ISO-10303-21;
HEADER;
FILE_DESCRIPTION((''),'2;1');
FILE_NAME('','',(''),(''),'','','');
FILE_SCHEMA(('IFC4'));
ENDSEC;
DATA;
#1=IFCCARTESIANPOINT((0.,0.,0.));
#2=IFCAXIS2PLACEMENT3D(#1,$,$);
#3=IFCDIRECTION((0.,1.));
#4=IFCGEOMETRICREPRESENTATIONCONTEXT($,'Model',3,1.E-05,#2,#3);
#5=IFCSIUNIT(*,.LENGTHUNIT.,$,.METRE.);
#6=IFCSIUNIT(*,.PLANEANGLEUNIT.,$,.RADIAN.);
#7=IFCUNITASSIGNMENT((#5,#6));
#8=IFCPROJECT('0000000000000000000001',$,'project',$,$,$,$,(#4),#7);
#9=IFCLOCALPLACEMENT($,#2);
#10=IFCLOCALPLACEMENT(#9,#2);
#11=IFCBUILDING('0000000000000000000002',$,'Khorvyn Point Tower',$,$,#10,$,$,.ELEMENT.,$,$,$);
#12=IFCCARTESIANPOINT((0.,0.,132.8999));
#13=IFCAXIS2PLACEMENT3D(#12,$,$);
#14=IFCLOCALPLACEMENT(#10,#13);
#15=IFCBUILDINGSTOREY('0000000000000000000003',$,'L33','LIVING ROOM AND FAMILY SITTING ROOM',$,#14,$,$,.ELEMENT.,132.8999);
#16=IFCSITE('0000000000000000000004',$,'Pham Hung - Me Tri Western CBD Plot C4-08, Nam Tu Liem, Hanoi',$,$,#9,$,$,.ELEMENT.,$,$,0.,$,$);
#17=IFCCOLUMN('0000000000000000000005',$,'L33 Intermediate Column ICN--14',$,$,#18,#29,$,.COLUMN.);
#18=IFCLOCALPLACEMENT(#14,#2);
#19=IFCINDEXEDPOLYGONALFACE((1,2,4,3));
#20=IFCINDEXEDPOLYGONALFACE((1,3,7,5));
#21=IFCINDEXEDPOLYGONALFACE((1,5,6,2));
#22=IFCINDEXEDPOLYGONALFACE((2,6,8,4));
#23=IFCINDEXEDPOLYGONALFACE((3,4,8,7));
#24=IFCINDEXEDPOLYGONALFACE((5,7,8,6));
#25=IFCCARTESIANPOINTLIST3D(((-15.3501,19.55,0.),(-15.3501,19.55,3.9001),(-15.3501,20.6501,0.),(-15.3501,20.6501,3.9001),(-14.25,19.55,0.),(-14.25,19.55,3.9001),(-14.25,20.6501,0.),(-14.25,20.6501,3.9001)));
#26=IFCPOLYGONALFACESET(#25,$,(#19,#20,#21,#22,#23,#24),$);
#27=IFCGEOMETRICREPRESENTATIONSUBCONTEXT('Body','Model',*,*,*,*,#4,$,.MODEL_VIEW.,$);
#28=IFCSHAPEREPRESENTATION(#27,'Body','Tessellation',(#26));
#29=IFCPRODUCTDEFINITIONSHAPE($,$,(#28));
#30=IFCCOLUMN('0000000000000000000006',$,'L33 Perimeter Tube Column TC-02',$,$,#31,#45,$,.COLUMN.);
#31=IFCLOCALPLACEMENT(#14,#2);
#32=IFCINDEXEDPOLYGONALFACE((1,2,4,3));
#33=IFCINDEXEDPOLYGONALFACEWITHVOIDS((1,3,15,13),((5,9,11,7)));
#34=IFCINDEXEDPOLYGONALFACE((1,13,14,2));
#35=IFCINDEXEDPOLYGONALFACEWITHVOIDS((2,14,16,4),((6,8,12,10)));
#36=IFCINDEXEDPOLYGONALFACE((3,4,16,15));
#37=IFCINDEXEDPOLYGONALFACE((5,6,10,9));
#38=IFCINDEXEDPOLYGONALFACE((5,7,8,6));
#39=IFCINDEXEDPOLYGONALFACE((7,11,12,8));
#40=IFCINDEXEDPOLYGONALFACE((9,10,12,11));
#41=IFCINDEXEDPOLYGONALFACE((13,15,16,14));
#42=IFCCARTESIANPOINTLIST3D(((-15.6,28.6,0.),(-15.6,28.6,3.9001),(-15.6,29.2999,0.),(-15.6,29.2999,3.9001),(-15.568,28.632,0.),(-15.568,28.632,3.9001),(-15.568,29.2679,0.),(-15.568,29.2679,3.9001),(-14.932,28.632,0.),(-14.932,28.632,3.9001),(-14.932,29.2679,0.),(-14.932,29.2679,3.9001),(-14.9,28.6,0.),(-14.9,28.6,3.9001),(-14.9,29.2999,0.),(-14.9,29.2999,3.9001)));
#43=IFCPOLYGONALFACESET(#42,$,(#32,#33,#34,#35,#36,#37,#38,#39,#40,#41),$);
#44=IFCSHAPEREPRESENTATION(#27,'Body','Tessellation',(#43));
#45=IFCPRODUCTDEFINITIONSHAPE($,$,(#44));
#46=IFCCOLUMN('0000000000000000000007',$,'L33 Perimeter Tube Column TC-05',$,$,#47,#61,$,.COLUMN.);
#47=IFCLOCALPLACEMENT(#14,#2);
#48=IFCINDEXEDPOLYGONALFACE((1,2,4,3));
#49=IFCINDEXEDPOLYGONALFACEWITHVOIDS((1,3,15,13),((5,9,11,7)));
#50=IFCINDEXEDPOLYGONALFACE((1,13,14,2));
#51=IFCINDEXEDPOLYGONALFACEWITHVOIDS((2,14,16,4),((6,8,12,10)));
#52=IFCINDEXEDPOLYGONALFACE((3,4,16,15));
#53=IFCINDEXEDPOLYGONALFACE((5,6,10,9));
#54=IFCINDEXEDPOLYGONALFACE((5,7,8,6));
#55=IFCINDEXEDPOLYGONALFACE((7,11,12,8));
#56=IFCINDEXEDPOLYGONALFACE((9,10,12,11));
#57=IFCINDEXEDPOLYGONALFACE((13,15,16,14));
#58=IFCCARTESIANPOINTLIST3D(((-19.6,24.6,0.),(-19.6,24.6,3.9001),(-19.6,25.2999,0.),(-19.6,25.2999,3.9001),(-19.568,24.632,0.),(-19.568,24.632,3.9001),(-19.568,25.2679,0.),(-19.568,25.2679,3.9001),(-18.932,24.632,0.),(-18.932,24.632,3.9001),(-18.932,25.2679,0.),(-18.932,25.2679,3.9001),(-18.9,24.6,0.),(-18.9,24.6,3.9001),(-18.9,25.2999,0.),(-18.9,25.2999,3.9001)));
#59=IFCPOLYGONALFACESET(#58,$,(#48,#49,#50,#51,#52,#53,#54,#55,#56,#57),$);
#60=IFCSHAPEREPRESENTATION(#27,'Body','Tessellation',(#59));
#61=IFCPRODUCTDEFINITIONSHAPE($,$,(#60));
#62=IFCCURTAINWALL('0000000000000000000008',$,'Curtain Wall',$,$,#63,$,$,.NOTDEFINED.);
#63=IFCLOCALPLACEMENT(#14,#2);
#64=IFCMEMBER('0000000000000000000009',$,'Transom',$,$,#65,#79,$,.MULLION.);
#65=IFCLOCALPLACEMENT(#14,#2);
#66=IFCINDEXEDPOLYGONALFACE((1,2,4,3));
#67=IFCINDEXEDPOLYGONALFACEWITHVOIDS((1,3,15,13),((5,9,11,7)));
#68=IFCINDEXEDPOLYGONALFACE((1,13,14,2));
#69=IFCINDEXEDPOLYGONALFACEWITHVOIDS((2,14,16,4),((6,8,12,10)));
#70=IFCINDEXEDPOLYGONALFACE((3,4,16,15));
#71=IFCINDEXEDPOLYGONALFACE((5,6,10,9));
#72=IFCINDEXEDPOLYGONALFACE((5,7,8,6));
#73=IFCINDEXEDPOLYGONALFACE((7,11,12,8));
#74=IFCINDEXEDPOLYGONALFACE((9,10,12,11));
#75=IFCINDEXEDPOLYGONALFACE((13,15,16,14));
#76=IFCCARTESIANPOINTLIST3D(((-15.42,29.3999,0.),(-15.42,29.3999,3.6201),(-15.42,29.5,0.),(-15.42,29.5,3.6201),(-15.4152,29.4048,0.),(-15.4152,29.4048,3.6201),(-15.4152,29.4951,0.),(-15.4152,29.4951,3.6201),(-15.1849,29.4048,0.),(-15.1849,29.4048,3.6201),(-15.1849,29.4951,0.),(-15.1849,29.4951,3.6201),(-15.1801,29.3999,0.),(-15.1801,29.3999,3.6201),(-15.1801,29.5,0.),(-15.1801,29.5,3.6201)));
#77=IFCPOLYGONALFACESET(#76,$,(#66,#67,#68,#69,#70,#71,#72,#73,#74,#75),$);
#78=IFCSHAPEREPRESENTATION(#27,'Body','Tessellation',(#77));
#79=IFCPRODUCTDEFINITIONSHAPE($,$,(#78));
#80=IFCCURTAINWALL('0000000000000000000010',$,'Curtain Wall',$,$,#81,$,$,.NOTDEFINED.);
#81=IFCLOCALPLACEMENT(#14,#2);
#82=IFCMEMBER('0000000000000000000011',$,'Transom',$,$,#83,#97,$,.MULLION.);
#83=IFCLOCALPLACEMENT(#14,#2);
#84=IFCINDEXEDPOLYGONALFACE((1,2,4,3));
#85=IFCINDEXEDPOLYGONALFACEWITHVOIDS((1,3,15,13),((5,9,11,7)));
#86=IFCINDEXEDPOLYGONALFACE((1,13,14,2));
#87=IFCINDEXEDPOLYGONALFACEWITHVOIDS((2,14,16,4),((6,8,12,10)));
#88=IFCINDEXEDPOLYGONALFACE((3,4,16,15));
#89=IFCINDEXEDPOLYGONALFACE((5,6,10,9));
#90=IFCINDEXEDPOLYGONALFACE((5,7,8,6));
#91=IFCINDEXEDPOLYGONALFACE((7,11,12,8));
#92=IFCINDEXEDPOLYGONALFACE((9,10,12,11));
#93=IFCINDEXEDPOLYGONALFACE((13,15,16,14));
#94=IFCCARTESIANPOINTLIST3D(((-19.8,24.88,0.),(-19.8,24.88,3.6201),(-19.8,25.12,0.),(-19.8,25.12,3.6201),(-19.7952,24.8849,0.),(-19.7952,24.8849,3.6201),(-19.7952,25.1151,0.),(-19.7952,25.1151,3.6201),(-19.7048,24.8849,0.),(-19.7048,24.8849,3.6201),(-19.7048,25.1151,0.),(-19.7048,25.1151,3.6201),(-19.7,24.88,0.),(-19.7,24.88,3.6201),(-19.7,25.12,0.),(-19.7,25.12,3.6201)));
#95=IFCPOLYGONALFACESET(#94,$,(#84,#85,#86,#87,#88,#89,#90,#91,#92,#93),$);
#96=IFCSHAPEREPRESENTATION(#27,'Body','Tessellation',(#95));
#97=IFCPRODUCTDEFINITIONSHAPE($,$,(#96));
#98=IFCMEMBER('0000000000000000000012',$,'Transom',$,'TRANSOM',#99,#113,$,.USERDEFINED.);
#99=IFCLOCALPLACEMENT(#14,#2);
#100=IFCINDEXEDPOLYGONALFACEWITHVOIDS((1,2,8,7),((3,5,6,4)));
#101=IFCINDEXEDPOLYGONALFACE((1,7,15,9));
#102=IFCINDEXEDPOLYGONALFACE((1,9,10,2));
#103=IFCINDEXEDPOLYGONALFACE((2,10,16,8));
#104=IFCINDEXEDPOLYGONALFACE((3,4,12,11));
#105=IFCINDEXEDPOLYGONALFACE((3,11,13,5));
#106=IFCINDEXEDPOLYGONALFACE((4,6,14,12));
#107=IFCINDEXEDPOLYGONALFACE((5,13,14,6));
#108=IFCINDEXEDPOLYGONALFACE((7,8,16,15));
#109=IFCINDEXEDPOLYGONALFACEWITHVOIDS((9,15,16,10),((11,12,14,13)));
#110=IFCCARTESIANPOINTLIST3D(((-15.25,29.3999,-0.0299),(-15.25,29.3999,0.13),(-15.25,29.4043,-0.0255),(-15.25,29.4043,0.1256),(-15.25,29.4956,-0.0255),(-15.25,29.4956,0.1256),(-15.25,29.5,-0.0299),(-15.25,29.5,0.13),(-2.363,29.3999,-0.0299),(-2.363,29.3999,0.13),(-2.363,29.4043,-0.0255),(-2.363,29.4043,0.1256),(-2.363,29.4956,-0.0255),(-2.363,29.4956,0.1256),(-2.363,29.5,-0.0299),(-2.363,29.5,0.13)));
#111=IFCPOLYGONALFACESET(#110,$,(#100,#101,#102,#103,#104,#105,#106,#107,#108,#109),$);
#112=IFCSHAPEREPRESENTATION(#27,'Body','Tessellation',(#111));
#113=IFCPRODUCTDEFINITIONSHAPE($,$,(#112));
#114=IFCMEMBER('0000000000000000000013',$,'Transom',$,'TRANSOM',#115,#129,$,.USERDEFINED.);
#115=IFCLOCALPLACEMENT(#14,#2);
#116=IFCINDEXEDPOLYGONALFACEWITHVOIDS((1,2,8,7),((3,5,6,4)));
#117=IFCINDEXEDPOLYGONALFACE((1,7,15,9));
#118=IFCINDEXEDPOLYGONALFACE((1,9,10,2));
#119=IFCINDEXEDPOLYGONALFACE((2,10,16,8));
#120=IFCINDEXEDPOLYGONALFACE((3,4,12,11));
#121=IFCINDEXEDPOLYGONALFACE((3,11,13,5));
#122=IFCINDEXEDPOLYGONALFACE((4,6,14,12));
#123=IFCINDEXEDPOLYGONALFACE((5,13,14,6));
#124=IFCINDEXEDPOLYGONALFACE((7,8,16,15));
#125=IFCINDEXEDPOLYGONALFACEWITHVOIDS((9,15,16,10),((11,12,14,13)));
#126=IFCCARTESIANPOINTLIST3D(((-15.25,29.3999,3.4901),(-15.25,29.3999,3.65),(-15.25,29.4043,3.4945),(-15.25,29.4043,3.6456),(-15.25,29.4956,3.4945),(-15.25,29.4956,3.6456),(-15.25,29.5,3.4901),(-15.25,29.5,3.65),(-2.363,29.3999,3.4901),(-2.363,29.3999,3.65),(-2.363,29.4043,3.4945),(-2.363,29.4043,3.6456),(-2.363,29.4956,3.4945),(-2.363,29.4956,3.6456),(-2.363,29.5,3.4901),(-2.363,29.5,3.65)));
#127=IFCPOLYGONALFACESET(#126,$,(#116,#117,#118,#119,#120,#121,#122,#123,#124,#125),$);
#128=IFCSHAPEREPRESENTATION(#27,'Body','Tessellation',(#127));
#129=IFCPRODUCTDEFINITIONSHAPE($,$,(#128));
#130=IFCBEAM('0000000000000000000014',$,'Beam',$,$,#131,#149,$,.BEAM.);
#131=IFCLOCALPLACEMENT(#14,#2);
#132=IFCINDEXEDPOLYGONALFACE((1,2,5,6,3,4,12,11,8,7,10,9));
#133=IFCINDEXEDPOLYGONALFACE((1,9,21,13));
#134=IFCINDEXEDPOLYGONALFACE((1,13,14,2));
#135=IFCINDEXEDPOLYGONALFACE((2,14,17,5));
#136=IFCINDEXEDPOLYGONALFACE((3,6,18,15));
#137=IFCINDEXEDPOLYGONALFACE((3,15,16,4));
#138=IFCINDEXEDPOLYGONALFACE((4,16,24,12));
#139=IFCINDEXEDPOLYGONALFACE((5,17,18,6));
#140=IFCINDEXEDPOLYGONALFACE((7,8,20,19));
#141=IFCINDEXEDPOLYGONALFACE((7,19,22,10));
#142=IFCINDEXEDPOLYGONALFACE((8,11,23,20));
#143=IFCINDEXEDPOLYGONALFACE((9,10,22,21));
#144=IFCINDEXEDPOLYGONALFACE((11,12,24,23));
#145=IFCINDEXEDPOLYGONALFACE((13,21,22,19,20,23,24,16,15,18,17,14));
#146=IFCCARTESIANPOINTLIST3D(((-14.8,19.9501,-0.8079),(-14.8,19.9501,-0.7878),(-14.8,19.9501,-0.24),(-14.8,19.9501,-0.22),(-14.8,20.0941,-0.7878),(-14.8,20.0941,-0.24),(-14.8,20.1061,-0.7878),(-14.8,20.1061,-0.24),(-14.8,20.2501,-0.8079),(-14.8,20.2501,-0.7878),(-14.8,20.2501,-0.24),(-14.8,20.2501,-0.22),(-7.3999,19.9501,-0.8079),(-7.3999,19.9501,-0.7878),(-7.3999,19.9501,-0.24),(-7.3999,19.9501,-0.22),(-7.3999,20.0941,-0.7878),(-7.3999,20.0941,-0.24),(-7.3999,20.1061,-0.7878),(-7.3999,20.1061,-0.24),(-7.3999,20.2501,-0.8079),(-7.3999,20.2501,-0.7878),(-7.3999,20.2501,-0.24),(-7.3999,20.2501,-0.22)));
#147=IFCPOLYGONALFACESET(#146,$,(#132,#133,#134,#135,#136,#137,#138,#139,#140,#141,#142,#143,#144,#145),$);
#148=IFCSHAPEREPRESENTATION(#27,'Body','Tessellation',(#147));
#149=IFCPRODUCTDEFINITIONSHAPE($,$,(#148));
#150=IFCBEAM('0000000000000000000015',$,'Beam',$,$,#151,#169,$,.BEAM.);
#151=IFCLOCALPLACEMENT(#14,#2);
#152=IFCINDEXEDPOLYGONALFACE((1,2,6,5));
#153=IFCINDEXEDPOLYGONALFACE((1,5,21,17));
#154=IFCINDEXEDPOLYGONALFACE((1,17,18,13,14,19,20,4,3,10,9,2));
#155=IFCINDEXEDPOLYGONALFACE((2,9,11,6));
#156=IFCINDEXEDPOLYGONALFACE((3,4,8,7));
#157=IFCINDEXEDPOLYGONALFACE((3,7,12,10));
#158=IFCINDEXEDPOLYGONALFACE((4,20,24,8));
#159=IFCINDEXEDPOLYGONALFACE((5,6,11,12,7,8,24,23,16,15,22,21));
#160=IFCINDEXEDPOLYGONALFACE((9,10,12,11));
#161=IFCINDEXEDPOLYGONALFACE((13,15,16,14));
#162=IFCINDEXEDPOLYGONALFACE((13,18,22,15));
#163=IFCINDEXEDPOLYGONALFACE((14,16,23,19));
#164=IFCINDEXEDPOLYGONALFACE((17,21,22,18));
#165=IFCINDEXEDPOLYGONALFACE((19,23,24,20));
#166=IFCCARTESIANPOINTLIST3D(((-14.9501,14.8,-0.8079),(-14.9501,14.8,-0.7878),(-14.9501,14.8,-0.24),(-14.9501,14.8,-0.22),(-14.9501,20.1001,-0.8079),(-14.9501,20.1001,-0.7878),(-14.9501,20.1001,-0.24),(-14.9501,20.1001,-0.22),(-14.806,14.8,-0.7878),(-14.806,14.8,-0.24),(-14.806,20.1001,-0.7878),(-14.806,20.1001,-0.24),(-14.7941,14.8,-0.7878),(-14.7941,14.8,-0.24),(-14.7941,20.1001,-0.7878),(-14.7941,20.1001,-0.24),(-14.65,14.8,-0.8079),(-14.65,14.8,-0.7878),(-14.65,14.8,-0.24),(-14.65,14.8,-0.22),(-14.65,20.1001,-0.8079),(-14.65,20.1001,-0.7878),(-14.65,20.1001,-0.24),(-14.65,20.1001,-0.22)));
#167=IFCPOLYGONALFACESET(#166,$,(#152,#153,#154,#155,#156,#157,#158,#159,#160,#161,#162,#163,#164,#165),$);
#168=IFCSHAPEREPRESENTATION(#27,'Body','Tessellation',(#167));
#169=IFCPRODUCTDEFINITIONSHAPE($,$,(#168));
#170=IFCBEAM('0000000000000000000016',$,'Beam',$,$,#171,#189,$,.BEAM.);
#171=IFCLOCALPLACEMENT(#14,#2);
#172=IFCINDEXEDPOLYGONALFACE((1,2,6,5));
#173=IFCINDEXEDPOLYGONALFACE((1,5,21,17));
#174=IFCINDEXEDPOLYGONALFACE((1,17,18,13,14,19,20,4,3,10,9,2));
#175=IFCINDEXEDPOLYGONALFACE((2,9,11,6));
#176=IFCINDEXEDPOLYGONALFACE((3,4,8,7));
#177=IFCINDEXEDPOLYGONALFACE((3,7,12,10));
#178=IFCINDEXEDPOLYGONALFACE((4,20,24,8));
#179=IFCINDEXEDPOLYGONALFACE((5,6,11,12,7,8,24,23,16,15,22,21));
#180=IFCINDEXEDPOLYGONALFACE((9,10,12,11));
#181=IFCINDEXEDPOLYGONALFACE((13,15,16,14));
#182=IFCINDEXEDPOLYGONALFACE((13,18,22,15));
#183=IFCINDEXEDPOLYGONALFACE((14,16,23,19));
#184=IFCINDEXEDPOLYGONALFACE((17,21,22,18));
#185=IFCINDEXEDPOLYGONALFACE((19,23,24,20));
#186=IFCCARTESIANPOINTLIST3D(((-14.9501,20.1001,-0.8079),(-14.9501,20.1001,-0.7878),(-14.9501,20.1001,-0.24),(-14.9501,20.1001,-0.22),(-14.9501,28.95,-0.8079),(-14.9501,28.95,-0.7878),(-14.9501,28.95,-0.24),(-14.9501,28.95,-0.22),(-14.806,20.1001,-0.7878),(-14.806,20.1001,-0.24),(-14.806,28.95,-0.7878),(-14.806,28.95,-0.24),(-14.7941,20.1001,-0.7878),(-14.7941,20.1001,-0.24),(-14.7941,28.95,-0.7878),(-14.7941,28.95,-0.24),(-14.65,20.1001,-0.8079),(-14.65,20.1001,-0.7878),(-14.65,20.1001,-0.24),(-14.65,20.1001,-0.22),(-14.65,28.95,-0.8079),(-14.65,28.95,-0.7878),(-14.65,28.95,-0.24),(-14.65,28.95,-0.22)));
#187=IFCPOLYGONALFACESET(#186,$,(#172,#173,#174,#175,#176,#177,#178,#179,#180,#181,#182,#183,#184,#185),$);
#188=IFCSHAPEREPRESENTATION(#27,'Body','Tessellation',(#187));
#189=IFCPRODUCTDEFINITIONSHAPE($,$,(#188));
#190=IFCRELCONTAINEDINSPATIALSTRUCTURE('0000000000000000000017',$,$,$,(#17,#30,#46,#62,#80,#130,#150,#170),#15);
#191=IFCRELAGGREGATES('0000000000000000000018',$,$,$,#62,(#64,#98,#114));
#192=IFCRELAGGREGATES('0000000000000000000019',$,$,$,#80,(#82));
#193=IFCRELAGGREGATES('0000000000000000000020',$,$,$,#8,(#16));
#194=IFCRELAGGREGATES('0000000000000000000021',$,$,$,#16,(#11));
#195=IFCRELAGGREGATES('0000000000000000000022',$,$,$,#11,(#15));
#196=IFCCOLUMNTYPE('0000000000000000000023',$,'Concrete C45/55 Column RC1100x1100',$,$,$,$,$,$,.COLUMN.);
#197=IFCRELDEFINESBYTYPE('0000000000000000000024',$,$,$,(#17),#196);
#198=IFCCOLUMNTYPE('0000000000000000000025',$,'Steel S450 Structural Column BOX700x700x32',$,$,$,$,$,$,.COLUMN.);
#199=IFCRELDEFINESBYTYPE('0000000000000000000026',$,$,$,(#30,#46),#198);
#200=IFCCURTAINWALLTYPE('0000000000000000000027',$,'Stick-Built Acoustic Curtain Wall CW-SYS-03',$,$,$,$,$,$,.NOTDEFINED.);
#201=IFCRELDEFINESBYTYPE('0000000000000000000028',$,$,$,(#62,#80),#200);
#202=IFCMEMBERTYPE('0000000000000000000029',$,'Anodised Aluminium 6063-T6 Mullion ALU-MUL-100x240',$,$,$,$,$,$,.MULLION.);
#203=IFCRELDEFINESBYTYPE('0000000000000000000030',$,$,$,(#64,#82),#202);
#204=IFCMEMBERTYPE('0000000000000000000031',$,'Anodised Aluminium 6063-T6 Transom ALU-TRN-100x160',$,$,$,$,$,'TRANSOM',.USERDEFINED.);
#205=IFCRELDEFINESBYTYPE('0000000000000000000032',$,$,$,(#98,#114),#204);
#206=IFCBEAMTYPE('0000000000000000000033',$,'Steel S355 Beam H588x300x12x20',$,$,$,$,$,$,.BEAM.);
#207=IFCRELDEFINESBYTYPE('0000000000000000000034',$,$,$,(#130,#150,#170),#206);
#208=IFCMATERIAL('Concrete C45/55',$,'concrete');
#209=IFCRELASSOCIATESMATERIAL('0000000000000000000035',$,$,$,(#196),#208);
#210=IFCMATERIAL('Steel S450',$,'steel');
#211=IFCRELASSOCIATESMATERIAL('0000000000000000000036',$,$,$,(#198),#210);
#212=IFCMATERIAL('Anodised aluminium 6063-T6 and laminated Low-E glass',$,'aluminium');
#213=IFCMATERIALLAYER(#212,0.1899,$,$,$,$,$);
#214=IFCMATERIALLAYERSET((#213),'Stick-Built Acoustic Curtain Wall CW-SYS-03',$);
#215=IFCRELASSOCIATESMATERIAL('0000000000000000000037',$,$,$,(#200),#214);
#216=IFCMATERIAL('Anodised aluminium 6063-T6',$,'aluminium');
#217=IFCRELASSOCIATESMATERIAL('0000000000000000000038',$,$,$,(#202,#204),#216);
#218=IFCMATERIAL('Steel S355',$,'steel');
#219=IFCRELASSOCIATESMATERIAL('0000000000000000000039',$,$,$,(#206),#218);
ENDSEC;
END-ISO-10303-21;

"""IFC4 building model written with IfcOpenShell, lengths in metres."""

from ifc_helpers import new_model, si_unit, direction, frame, origin, origin_2d, place, context, subcontext, project, spatial, rectangle, hollow_rectangle, i_section, extrude, material, layer, layer_set, material_profile, profile_set, type_object, element, aggregate, save


model = new_model("IFC4")

# Units and contexts
model_context = context("Model", 3, precision=1e-05, world=origin(), true_north=direction((0.0, 1.0)))
body_context = subcontext(model_context, "Body", "Model", "MODEL_VIEW")
ifc_project = project(units=[si_unit("LENGTHUNIT", "METRE"), si_unit("PLANEANGLEUNIT", "RADIAN")], contexts=[model_context])

# Site, building, storey
site_placement = place(None, origin())
site = spatial("IfcSite", under=ifc_project, at=site_placement, Name="Pham Hung - Me Tri Western CBD Plot C4-08, Nam Tu Liem, Hanoi", CompositionType="ELEMENT", RefElevation=0.0)
building_placement = place(site_placement, origin())
building = spatial("IfcBuilding", under=site, at=building_placement, Name="Khorvyn Point Tower", CompositionType="ELEMENT")
storey_placement = place(building_placement, frame((0.0, 0.0, 132.8999)))
storey = spatial("IfcBuildingStorey", under=building, at=storey_placement, Name="L33", Description="LIVING ROOM AND FAMILY SITTING ROOM", CompositionType="ELEMENT", Elevation=132.8999)

# Columns
ifc_material_1 = material(Name="Concrete C45/55", Category="concrete")
ifc_material_profile_1 = material_profile(ifc_material_1, rectangle(XDim=1.1001, YDim=1.1001, at=origin_2d()))
ifc_profile_set_1 = profile_set([ifc_material_profile_1], Name="Concrete C45/55 RC1100x1100")
column_type_1 = type_object("IfcColumnType", Name="Concrete C45/55 Column RC1100x1100", PredefinedType="COLUMN", material=ifc_profile_set_1)
column_placement = place(storey_placement, frame((-14.8, 20.1001, 0.0), z_axis=(0.0, 0.0, 1.0), x_axis=(1.0, 0.0, 0.0)))
element("IfcColumn", 1, at=column_placement, inside=storey, type_object=column_type_1, Name="L33 Intermediate Column ICN--14", PredefinedType="COLUMN", context=body_context, shape_type="SweptSolid", body=[
    extrude(rectangle(XDim=1.1001, YDim=1.1001, at=origin_2d()), origin(), (0.0, 0.0, 1.0), 3.9001),
])
ifc_material_2 = material(Name="Steel S450", Category="steel")
ifc_material_profile_2 = material_profile(ifc_material_2, hollow_rectangle(XDim=0.7, YDim=0.7, WallThickness=0.032, at=origin_2d()))
ifc_profile_set_2 = profile_set([ifc_material_profile_2], Name="Steel S450 BOX700x700x32")
column_type_2 = type_object("IfcColumnType", Name="Steel S450 Structural Column BOX700x700x32", PredefinedType="COLUMN", material=ifc_profile_set_2)
for number, where, z_axis, x_axis, name in (
    (2, (-15.25, 28.95, 0.0), (0.0, 0.0, 1.0), (1.0, 0.0, 0.0), "L33 Perimeter Tube Column TC-02"),
    (3, (-19.25, 24.95, 0.0), (0.0, 0.0, 1.0), (1.0, 0.0, 0.0), "L33 Perimeter Tube Column TC-05"),
):
    element("IfcColumn", number, at=place(storey_placement, frame(where, z_axis=z_axis, x_axis=x_axis)), inside=storey, type_object=column_type_2, Name=name, PredefinedType="COLUMN", context=body_context, shape_type="SweptSolid", body=[
        extrude(hollow_rectangle(XDim=0.7, YDim=0.7, WallThickness=0.032, at=origin_2d()), origin(), (0.0, 0.0, 1.0), 3.9001),
    ])

# Curtain walls, members
ifc_material_3 = material(Name="Anodised aluminium 6063-T6 and laminated Low-E glass", Category="aluminium")
ifc_layer_1 = layer(ifc_material_3, 0.1899)
ifc_layer_set_1 = layer_set([ifc_layer_1], Name="Stick-Built Acoustic Curtain Wall CW-SYS-03")
curtain_wall_type = type_object("IfcCurtainWallType", Name="Stick-Built Acoustic Curtain Wall CW-SYS-03", PredefinedType="NOTDEFINED", material=ifc_layer_set_1)
curtain_wall_1_placement = place(storey_placement, origin())
curtain_wall_1 = element("IfcCurtainWall", 4, at=curtain_wall_1_placement, inside=storey, type_object=curtain_wall_type, Name="Curtain Wall", PredefinedType="NOTDEFINED")
ifc_material_4 = material(Name="Anodised aluminium 6063-T6", Category="aluminium")
ifc_material_profile_3 = material_profile(ifc_material_4, hollow_rectangle(XDim=0.1001, YDim=0.24, WallThickness=0.0049, at=origin_2d()))
ifc_profile_set_3 = profile_set([ifc_material_profile_3], Name="Anodised aluminium 6063-T6 ALU-MUL-100x240")
member_type_1 = type_object("IfcMemberType", Name="Anodised Aluminium 6063-T6 Mullion ALU-MUL-100x240", PredefinedType="MULLION", material=ifc_profile_set_3)
member_1_placement = place(storey_placement, frame((-15.3, 29.45, 0.0), z_axis=(0.0, 0.0, 1.0), x_axis=(0.0, 1.0, 0.0)))
member_1 = element("IfcMember", 5, at=member_1_placement, type_object=member_type_1, Name="Transom", PredefinedType="MULLION", context=body_context, shape_type="SweptSolid", body=[
    extrude(hollow_rectangle(XDim=0.1001, YDim=0.24, WallThickness=0.0049, at=origin_2d()), origin(), (0.0, 0.0, 1.0), 3.6201),
])
curtain_wall_2_placement = place(storey_placement, origin())
curtain_wall_2 = element("IfcCurtainWall", 6, at=curtain_wall_2_placement, inside=storey, type_object=curtain_wall_type, Name="Curtain Wall", PredefinedType="NOTDEFINED")
member_2_placement = place(storey_placement, frame((-19.75, 25.0, 0.0), z_axis=(0.0, 0.0, 1.0), x_axis=(-1.0, 0.0, 0.0)))
member_2 = element("IfcMember", 7, at=member_2_placement, type_object=member_type_1, Name="Transom", PredefinedType="MULLION", context=body_context, shape_type="SweptSolid", body=[
    extrude(hollow_rectangle(XDim=0.1001, YDim=0.24, WallThickness=0.0049, at=origin_2d()), origin(), (0.0, 0.0, 1.0), 3.6201),
])

# Members
ifc_material_profile_4 = material_profile(ifc_material_4, hollow_rectangle(XDim=0.1001, YDim=0.1599, WallThickness=0.0044, at=origin_2d()))
ifc_profile_set_4 = profile_set([ifc_material_profile_4], Name="Anodised aluminium 6063-T6 ALU-TRN-100x160")
member_type_2 = type_object("IfcMemberType", Name="Anodised Aluminium 6063-T6 Transom ALU-TRN-100x160", ElementType="TRANSOM", PredefinedType="USERDEFINED", material=ifc_profile_set_4)
member_3_placement = place(storey_placement, frame((-15.25, 29.45, 0.05), z_axis=(1.0, 0.0, 0.0), x_axis=(0.0, 1.0, 0.0)))
member_3 = element("IfcMember", 8, at=member_3_placement, type_object=member_type_2, Name="Transom", ObjectType="TRANSOM", PredefinedType="USERDEFINED", context=body_context, shape_type="SweptSolid", body=[
    extrude(hollow_rectangle(XDim=0.1001, YDim=0.1599, WallThickness=0.0044, at=origin_2d()), origin(), (0.0, 0.0, 1.0), 12.887),
])
member_4_placement = place(storey_placement, frame((-15.25, 29.45, 3.5701), z_axis=(1.0, 0.0, 0.0), x_axis=(0.0, 1.0, 0.0)))
member_4 = element("IfcMember", 9, at=member_4_placement, type_object=member_type_2, Name="Transom", ObjectType="TRANSOM", PredefinedType="USERDEFINED", context=body_context, shape_type="SweptSolid", body=[
    extrude(hollow_rectangle(XDim=0.1001, YDim=0.1599, WallThickness=0.0044, at=origin_2d()), origin(), (0.0, 0.0, 1.0), 12.887),
])

# Beams
ifc_material_5 = material(Name="Steel S355", Category="steel")
ifc_material_profile_5 = material_profile(ifc_material_5, i_section(OverallWidth=0.3, OverallDepth=0.5879, WebThickness=0.012, FlangeThickness=0.02, at=origin_2d()))
ifc_profile_set_5 = profile_set([ifc_material_profile_5], Name="Steel S355 H588x300x12x20")
beam_type_1 = type_object("IfcBeamType", Name="Steel S355 Beam H588x300x12x20", PredefinedType="BEAM", material=ifc_profile_set_5)
beam_1_placement = place(storey_placement, frame((-14.8, 20.1001, -0.5139), z_axis=(1.0, 0.0, 0.0), x_axis=(0.0, 1.0, 0.0)))
element("IfcBeam", 10, at=beam_1_placement, inside=storey, type_object=beam_type_1, Name="Beam", PredefinedType="BEAM", context=body_context, shape_type="SweptSolid", body=[
    extrude(i_section(OverallWidth=0.3, OverallDepth=0.5879, WebThickness=0.012, FlangeThickness=0.02, at=origin_2d()), origin(), (0.0, 0.0, 1.0), 7.4001),
])
beam_2_placement = place(storey_placement, frame((-14.8, 14.8, -0.5139), z_axis=(0.0, 1.0, 0.0), x_axis=(-1.0, 0.0, 0.0)))
element("IfcBeam", 11, at=beam_2_placement, inside=storey, type_object=beam_type_1, Name="Beam", PredefinedType="BEAM", context=body_context, shape_type="SweptSolid", body=[
    extrude(i_section(OverallWidth=0.3, OverallDepth=0.5879, WebThickness=0.012, FlangeThickness=0.02, at=origin_2d()), origin(), (0.0, 0.0, 1.0), 5.3),
])
beam_3_placement = place(storey_placement, frame((-14.8, 20.1001, -0.5139), z_axis=(0.0, 1.0, 0.0), x_axis=(-1.0, 0.0, 0.0)))
element("IfcBeam", 12, at=beam_3_placement, inside=storey, type_object=beam_type_1, Name="Beam", PredefinedType="BEAM", context=body_context, shape_type="SweptSolid", body=[
    extrude(i_section(OverallWidth=0.3, OverallDepth=0.5879, WebThickness=0.012, FlangeThickness=0.02, at=origin_2d()), origin(), (0.0, 0.0, 1.0), 8.8499),
])

aggregate(curtain_wall_1, [member_1, member_3, member_4])
aggregate(curtain_wall_2, [member_2])

save(model, "model.ifc")
